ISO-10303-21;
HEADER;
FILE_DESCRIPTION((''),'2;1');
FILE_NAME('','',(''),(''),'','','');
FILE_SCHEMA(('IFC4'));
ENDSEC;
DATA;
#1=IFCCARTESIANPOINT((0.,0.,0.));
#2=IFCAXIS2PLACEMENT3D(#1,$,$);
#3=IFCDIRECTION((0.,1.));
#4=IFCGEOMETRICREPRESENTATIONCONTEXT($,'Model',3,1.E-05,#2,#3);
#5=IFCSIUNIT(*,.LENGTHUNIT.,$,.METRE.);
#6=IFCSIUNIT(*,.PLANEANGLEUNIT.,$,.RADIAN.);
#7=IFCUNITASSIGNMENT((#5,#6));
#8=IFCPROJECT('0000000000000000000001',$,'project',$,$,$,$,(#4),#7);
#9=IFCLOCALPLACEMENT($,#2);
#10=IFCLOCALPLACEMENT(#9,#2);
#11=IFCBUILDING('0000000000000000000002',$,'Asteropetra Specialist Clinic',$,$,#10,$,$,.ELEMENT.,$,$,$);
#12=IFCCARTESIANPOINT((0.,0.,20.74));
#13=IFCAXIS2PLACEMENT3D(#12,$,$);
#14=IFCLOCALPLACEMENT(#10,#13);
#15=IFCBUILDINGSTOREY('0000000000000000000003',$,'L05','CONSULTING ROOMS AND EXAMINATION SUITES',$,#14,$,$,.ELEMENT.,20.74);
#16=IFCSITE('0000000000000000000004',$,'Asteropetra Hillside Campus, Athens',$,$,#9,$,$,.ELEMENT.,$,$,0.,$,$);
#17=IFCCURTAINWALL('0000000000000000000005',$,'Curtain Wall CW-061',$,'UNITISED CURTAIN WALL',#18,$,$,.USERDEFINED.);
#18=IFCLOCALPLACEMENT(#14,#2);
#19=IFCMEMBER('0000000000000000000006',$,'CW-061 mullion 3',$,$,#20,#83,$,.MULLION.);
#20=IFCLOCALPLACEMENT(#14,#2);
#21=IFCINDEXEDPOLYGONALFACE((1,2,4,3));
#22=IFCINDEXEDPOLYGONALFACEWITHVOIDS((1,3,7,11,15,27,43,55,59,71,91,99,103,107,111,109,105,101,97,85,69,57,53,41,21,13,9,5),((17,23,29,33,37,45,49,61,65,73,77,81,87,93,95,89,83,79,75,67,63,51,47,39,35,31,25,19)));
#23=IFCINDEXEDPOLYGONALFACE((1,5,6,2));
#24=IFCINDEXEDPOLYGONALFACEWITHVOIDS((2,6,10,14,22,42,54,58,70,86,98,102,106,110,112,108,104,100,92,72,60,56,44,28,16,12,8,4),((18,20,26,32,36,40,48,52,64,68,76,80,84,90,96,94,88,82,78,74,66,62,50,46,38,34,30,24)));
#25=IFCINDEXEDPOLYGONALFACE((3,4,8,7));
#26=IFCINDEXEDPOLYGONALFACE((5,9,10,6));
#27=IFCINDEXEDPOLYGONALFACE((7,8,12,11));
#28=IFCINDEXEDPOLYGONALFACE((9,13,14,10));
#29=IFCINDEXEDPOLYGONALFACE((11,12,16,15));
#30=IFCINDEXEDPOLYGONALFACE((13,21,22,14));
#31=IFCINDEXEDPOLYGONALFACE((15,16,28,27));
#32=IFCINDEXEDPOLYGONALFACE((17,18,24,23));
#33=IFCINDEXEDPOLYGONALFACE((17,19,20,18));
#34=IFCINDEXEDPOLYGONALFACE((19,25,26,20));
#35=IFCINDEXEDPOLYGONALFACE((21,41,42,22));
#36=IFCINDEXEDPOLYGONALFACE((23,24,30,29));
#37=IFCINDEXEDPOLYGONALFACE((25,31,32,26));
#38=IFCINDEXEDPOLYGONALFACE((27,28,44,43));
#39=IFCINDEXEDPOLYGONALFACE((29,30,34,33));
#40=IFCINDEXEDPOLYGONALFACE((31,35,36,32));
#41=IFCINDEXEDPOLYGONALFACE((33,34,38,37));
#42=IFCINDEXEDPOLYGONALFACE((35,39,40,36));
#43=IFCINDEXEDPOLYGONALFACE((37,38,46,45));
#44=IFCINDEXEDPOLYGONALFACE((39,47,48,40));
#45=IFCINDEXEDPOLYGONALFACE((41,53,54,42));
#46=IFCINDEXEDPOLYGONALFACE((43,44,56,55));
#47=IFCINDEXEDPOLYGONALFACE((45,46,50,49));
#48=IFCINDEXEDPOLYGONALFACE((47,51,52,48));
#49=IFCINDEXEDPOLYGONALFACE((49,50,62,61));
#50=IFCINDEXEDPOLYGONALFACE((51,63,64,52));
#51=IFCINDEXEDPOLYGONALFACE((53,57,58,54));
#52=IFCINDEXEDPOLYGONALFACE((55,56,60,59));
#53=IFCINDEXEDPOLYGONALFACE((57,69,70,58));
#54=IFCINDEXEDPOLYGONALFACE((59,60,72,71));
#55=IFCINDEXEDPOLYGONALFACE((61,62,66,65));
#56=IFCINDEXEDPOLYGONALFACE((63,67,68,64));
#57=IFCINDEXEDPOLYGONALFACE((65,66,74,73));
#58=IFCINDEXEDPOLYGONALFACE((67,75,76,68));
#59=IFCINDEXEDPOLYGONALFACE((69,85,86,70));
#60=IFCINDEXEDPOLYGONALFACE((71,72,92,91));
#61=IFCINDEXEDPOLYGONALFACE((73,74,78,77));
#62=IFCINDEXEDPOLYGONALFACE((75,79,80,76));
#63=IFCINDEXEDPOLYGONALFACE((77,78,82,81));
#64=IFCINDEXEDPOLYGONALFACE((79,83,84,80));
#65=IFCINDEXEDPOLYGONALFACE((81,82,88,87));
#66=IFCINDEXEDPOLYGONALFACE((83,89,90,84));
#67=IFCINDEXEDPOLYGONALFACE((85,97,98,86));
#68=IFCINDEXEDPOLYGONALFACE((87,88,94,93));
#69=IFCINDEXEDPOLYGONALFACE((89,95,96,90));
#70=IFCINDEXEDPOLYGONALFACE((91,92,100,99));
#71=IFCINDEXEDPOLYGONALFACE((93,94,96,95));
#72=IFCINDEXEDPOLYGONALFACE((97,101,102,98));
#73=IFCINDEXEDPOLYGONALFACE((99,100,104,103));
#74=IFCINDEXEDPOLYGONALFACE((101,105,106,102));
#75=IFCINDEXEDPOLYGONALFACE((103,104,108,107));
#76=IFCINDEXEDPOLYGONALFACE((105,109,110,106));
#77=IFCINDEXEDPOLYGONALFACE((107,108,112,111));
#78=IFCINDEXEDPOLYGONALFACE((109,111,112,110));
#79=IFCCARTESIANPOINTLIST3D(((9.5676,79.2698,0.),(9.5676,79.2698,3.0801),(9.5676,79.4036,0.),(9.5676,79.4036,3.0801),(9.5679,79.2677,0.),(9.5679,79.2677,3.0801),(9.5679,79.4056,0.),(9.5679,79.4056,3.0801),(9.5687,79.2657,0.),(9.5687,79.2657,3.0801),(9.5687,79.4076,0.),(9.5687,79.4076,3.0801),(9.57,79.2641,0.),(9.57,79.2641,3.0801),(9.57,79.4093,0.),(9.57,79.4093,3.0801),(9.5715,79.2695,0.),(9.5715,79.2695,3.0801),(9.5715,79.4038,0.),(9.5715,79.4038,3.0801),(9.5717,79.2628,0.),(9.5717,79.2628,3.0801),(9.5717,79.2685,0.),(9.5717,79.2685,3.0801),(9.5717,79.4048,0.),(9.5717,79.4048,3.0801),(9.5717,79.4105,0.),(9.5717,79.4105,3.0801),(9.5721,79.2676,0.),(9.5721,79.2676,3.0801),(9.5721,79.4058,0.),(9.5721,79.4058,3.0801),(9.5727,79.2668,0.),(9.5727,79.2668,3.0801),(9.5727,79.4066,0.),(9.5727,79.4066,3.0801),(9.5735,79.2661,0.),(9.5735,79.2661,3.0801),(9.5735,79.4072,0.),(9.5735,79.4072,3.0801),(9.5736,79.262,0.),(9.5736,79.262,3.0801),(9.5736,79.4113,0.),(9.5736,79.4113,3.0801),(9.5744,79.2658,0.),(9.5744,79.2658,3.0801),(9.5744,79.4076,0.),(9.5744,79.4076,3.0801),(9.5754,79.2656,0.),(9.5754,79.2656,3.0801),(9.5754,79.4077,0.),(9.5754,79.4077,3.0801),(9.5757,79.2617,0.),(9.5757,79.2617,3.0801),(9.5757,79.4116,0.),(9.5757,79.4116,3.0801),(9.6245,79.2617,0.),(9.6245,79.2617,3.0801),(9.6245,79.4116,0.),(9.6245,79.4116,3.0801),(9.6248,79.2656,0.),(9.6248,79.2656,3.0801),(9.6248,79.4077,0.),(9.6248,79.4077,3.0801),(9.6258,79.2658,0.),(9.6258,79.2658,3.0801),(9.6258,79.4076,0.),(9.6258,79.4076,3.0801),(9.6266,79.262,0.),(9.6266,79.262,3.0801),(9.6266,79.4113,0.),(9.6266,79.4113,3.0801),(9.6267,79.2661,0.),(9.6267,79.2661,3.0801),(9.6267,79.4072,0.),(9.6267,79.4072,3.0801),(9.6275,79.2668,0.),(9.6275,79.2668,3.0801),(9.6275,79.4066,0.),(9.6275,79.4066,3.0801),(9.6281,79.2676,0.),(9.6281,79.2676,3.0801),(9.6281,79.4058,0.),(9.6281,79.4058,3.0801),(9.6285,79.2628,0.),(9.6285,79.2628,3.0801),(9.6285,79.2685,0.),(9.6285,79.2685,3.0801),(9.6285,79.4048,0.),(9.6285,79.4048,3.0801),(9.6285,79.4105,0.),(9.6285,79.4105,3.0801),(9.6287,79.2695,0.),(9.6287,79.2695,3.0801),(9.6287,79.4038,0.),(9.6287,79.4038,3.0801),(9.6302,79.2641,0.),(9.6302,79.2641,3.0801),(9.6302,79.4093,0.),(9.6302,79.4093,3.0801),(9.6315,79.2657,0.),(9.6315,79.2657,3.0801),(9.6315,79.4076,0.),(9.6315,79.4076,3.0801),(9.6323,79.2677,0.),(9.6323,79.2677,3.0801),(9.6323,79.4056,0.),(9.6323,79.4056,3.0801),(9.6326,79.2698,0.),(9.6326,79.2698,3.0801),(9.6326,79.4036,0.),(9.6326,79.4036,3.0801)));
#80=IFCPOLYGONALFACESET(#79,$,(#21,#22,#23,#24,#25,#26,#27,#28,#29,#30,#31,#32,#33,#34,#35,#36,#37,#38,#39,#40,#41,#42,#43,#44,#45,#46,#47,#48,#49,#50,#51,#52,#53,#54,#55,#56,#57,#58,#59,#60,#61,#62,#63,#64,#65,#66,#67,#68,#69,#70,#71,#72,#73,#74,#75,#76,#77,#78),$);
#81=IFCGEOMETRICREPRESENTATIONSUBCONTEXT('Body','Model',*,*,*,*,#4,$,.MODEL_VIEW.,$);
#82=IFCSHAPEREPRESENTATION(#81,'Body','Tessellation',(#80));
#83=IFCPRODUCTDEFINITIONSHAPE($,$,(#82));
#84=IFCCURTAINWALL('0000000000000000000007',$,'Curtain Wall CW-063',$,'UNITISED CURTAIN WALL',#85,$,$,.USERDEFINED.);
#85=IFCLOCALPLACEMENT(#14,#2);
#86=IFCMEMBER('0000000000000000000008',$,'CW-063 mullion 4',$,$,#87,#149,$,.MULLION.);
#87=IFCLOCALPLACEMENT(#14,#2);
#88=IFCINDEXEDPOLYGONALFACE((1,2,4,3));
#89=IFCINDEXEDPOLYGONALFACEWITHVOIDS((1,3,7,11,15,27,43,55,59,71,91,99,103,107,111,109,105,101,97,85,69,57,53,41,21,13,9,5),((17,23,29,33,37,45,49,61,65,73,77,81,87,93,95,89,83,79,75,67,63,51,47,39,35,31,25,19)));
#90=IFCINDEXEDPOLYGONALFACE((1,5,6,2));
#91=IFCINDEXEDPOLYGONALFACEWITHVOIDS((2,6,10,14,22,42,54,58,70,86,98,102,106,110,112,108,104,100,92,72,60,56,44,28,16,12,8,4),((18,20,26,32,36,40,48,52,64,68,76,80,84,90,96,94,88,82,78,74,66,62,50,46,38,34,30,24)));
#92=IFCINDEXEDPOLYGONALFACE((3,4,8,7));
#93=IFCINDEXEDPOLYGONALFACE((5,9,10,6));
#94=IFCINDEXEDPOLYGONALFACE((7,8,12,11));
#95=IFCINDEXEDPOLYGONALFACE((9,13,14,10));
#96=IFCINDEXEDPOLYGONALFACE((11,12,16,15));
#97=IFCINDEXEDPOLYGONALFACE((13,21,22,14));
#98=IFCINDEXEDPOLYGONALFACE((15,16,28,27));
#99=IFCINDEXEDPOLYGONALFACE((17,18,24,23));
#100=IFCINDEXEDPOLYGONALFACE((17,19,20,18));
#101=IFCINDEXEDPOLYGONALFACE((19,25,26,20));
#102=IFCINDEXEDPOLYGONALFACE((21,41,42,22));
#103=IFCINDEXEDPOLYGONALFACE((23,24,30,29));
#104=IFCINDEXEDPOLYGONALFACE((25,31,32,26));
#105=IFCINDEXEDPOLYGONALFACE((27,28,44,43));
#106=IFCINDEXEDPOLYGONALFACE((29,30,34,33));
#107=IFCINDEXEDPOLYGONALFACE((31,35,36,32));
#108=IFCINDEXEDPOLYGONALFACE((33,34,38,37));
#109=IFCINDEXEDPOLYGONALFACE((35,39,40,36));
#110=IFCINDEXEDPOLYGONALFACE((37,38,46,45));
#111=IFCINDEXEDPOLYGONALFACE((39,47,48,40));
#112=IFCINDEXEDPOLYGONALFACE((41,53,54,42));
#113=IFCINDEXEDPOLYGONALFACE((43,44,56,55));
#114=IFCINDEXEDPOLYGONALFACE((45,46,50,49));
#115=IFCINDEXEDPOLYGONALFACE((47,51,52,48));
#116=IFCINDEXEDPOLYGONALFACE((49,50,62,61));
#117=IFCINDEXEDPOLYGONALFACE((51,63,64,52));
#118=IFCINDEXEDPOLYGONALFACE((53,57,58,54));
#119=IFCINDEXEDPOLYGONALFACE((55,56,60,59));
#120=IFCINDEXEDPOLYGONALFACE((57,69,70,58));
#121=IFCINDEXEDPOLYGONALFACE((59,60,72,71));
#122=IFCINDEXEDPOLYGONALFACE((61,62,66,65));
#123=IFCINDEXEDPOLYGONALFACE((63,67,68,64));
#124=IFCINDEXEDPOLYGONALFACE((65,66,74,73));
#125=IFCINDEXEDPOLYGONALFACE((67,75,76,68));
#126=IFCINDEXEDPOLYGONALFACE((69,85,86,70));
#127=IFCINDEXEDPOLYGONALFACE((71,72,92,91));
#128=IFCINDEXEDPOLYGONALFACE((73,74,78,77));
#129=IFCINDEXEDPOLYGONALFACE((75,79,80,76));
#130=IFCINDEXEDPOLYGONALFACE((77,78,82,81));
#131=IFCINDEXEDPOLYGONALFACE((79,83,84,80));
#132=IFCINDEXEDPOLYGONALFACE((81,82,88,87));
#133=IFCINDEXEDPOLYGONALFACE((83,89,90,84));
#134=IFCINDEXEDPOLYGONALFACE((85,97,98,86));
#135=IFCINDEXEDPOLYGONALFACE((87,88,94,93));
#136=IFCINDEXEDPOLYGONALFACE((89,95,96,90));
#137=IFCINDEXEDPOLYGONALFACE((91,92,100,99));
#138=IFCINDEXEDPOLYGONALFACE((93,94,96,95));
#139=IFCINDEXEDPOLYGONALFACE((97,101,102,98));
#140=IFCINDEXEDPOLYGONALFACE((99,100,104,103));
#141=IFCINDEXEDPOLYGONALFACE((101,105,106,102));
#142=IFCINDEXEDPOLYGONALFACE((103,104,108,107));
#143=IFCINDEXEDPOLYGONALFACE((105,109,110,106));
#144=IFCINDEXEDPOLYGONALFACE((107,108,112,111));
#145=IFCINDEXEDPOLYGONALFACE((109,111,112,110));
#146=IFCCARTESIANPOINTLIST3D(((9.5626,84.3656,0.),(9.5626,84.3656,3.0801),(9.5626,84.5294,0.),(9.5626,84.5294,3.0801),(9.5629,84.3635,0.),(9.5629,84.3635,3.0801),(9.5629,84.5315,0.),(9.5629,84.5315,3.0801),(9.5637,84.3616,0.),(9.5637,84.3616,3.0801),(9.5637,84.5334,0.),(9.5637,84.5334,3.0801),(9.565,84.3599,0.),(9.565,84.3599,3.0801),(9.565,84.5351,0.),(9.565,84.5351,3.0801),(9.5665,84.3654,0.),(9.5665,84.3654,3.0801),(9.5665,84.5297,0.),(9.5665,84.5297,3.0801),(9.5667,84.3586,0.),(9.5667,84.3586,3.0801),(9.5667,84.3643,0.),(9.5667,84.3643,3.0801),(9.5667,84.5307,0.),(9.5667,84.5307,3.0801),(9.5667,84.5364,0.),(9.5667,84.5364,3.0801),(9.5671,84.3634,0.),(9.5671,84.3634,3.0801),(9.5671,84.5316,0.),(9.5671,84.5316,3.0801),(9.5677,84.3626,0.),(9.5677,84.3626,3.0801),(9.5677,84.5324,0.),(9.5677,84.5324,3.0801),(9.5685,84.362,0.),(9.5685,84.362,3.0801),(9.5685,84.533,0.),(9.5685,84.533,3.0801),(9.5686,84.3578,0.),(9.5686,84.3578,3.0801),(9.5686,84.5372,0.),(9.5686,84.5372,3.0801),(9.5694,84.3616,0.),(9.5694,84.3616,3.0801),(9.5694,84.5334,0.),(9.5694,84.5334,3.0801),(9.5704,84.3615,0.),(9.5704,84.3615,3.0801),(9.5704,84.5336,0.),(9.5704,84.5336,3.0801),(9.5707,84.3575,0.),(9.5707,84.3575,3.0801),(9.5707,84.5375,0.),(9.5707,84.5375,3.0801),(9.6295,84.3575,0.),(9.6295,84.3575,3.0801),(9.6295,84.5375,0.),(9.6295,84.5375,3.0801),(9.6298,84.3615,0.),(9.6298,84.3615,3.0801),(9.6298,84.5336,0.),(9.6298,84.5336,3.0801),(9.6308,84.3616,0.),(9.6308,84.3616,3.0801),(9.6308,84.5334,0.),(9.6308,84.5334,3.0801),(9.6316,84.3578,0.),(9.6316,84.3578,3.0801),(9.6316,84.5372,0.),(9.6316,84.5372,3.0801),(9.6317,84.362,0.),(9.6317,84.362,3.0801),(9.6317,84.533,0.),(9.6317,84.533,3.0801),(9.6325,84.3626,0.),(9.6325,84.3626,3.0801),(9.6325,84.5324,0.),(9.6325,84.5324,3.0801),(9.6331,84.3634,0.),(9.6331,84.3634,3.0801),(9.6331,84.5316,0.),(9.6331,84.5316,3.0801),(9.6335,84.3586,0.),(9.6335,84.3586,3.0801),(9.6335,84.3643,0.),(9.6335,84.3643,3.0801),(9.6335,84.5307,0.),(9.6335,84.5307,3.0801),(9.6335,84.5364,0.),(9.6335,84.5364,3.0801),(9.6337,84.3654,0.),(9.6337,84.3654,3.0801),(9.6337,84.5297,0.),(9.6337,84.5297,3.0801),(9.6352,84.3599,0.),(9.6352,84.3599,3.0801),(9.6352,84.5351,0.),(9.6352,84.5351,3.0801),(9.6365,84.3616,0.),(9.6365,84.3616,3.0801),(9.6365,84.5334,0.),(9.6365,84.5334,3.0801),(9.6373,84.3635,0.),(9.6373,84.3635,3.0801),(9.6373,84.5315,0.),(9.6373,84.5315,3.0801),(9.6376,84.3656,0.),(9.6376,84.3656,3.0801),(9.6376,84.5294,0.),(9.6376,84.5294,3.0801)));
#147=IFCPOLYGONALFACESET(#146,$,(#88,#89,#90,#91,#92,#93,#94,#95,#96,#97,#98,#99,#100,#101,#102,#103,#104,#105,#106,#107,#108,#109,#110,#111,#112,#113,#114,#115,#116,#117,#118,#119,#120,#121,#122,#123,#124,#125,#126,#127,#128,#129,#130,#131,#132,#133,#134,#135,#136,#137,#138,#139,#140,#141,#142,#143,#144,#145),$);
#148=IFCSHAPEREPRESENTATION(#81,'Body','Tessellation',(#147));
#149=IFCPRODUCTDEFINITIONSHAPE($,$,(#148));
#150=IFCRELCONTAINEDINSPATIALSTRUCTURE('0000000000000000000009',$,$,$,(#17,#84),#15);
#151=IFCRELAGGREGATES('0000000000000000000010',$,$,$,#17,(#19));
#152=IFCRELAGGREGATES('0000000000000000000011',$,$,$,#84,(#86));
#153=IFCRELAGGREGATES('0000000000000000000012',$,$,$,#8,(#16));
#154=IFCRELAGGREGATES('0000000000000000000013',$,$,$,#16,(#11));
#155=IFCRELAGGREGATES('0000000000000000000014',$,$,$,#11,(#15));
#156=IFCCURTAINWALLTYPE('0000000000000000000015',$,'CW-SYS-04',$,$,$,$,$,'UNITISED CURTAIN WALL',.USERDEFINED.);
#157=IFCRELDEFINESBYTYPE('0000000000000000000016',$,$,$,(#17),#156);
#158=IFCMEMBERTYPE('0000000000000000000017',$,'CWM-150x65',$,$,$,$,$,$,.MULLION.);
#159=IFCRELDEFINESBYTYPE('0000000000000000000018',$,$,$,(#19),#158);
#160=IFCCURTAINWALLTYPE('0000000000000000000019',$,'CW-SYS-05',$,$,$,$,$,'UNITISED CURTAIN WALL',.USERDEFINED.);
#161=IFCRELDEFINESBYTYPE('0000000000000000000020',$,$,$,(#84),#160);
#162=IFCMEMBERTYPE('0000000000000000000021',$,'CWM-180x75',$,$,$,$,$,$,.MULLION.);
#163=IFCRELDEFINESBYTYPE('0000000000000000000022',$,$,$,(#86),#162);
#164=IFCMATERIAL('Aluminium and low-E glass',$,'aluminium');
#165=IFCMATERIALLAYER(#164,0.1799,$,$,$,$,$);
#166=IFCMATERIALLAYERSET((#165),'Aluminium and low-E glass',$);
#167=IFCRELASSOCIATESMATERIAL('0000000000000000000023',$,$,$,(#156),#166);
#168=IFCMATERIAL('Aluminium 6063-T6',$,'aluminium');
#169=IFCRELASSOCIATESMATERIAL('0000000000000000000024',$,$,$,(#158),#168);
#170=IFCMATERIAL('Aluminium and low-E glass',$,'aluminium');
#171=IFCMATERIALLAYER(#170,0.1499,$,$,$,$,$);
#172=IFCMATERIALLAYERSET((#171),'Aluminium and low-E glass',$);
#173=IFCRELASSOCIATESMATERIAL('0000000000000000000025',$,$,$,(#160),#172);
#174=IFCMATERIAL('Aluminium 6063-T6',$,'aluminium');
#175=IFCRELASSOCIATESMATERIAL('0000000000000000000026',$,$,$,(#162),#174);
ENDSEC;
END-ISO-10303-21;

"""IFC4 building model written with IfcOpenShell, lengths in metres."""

from ifc_helpers import new_model, si_unit, direction, frame, origin, origin_2d, place, context, subcontext, project, spatial, hollow_rectangle, extrude, material, layer, layer_set, material_profile, profile_set, type_object, element, aggregate, save


model = new_model("IFC4")

# Units and contexts
model_context = context("Model", 3, precision=1e-05, world=origin(), true_north=direction((0.0, 1.0)))
body_context = subcontext(model_context, "Body", "Model", "MODEL_VIEW")
ifc_project = project(units=[si_unit("LENGTHUNIT", "METRE"), si_unit("PLANEANGLEUNIT", "RADIAN")], contexts=[model_context])

# Site, building, storey
site_placement = place(None, origin())
site = spatial("IfcSite", under=ifc_project, at=site_placement, Name="Asteropetra Hillside Campus, Athens", CompositionType="ELEMENT", RefElevation=0.0)
building_placement = place(site_placement, origin())
building = spatial("IfcBuilding", under=site, at=building_placement, Name="Asteropetra Specialist Clinic", CompositionType="ELEMENT")
storey_placement = place(building_placement, frame((0.0, 0.0, 20.74)))
storey = spatial("IfcBuildingStorey", under=building, at=storey_placement, Name="L05", Description="CONSULTING ROOMS AND EXAMINATION SUITES", CompositionType="ELEMENT", Elevation=20.74)

# Curtain wall, member
ifc_material_1 = material(Name="Aluminium and low-E glass", Category="aluminium")
ifc_layer_1 = layer(ifc_material_1, 0.1799)
ifc_layer_set_1 = layer_set([ifc_layer_1], Name="Aluminium and low-E glass")
curtain_wall_type_1 = type_object("IfcCurtainWallType", Name="CW-SYS-04", ElementType="UNITISED CURTAIN WALL", PredefinedType="USERDEFINED", material=ifc_layer_set_1)
curtain_wall_1_placement = place(storey_placement, origin())
curtain_wall_1 = element("IfcCurtainWall", 1, at=curtain_wall_1_placement, inside=storey, type_object=curtain_wall_type_1, Name="Curtain Wall CW-061", ObjectType="UNITISED CURTAIN WALL", PredefinedType="USERDEFINED")
ifc_material_2 = material(Name="Aluminium 6063-T6", Category="aluminium")
ifc_material_profile_1 = material_profile(ifc_material_2, hollow_rectangle(XDim=0.0649, YDim=0.1499, WallThickness=0.0039, InnerFilletRadius=0.0039, OuterFilletRadius=0.0081, at=origin_2d()), Name="MUL 150x65x4.0")
ifc_profile_set_1 = profile_set([ifc_material_profile_1], Name="Aluminium 6063-T6")
member_type_1 = type_object("IfcMemberType", Name="CWM-150x65", PredefinedType="MULLION", material=ifc_profile_set_1)
member_1_placement = place(storey_placement, frame((9.6001, 79.3367, 0.0), z_axis=(0.0, 0.0, 1.0), x_axis=(1.0, 0.0, 0.0)))
member_1 = element("IfcMember", 2, at=member_1_placement, type_object=member_type_1, Name="CW-061 mullion 3", PredefinedType="MULLION", context=body_context, shape_type="SweptSolid", body=[
    extrude(hollow_rectangle(XDim=0.0649, YDim=0.1499, WallThickness=0.0039, InnerFilletRadius=0.0039, OuterFilletRadius=0.0081, at=origin_2d()), origin(), (0.0, 0.0, 1.0), 3.0801),
])

# Curtain wall, member
ifc_material_3 = material(Name="Aluminium and low-E glass", Category="aluminium")
ifc_layer_2 = layer(ifc_material_3, 0.1499)
ifc_layer_set_2 = layer_set([ifc_layer_2], Name="Aluminium and low-E glass")
curtain_wall_type_2 = type_object("IfcCurtainWallType", Name="CW-SYS-05", ElementType="UNITISED CURTAIN WALL", PredefinedType="USERDEFINED", material=ifc_layer_set_2)
curtain_wall_2_placement = place(storey_placement, origin())
curtain_wall_2 = element("IfcCurtainWall", 3, at=curtain_wall_2_placement, inside=storey, type_object=curtain_wall_type_2, Name="Curtain Wall CW-063", ObjectType="UNITISED CURTAIN WALL", PredefinedType="USERDEFINED")
ifc_material_4 = material(Name="Aluminium 6063-T6", Category="aluminium")
ifc_material_profile_2 = material_profile(ifc_material_4, hollow_rectangle(XDim=0.075, YDim=0.1799, WallThickness=0.0039, InnerFilletRadius=0.0039, OuterFilletRadius=0.0081, at=origin_2d()), Name="MUL 180x75x4.0")
ifc_profile_set_2 = profile_set([ifc_material_profile_2], Name="Aluminium 6063-T6")
member_type_2 = type_object("IfcMemberType", Name="CWM-180x75", PredefinedType="MULLION", material=ifc_profile_set_2)
member_2_placement = place(storey_placement, frame((9.6001, 84.4475, 0.0), z_axis=(0.0, 0.0, 1.0), x_axis=(1.0, 0.0, 0.0)))
member_2 = element("IfcMember", 4, at=member_2_placement, type_object=member_type_2, Name="CW-063 mullion 4", PredefinedType="MULLION", context=body_context, shape_type="SweptSolid", body=[
    extrude(hollow_rectangle(XDim=0.075, YDim=0.1799, WallThickness=0.0039, InnerFilletRadius=0.0039, OuterFilletRadius=0.0081, at=origin_2d()), origin(), (0.0, 0.0, 1.0), 3.0801),
])

aggregate(curtain_wall_1, [member_1])
aggregate(curtain_wall_2, [member_2])

save(model, "model.ifc")
